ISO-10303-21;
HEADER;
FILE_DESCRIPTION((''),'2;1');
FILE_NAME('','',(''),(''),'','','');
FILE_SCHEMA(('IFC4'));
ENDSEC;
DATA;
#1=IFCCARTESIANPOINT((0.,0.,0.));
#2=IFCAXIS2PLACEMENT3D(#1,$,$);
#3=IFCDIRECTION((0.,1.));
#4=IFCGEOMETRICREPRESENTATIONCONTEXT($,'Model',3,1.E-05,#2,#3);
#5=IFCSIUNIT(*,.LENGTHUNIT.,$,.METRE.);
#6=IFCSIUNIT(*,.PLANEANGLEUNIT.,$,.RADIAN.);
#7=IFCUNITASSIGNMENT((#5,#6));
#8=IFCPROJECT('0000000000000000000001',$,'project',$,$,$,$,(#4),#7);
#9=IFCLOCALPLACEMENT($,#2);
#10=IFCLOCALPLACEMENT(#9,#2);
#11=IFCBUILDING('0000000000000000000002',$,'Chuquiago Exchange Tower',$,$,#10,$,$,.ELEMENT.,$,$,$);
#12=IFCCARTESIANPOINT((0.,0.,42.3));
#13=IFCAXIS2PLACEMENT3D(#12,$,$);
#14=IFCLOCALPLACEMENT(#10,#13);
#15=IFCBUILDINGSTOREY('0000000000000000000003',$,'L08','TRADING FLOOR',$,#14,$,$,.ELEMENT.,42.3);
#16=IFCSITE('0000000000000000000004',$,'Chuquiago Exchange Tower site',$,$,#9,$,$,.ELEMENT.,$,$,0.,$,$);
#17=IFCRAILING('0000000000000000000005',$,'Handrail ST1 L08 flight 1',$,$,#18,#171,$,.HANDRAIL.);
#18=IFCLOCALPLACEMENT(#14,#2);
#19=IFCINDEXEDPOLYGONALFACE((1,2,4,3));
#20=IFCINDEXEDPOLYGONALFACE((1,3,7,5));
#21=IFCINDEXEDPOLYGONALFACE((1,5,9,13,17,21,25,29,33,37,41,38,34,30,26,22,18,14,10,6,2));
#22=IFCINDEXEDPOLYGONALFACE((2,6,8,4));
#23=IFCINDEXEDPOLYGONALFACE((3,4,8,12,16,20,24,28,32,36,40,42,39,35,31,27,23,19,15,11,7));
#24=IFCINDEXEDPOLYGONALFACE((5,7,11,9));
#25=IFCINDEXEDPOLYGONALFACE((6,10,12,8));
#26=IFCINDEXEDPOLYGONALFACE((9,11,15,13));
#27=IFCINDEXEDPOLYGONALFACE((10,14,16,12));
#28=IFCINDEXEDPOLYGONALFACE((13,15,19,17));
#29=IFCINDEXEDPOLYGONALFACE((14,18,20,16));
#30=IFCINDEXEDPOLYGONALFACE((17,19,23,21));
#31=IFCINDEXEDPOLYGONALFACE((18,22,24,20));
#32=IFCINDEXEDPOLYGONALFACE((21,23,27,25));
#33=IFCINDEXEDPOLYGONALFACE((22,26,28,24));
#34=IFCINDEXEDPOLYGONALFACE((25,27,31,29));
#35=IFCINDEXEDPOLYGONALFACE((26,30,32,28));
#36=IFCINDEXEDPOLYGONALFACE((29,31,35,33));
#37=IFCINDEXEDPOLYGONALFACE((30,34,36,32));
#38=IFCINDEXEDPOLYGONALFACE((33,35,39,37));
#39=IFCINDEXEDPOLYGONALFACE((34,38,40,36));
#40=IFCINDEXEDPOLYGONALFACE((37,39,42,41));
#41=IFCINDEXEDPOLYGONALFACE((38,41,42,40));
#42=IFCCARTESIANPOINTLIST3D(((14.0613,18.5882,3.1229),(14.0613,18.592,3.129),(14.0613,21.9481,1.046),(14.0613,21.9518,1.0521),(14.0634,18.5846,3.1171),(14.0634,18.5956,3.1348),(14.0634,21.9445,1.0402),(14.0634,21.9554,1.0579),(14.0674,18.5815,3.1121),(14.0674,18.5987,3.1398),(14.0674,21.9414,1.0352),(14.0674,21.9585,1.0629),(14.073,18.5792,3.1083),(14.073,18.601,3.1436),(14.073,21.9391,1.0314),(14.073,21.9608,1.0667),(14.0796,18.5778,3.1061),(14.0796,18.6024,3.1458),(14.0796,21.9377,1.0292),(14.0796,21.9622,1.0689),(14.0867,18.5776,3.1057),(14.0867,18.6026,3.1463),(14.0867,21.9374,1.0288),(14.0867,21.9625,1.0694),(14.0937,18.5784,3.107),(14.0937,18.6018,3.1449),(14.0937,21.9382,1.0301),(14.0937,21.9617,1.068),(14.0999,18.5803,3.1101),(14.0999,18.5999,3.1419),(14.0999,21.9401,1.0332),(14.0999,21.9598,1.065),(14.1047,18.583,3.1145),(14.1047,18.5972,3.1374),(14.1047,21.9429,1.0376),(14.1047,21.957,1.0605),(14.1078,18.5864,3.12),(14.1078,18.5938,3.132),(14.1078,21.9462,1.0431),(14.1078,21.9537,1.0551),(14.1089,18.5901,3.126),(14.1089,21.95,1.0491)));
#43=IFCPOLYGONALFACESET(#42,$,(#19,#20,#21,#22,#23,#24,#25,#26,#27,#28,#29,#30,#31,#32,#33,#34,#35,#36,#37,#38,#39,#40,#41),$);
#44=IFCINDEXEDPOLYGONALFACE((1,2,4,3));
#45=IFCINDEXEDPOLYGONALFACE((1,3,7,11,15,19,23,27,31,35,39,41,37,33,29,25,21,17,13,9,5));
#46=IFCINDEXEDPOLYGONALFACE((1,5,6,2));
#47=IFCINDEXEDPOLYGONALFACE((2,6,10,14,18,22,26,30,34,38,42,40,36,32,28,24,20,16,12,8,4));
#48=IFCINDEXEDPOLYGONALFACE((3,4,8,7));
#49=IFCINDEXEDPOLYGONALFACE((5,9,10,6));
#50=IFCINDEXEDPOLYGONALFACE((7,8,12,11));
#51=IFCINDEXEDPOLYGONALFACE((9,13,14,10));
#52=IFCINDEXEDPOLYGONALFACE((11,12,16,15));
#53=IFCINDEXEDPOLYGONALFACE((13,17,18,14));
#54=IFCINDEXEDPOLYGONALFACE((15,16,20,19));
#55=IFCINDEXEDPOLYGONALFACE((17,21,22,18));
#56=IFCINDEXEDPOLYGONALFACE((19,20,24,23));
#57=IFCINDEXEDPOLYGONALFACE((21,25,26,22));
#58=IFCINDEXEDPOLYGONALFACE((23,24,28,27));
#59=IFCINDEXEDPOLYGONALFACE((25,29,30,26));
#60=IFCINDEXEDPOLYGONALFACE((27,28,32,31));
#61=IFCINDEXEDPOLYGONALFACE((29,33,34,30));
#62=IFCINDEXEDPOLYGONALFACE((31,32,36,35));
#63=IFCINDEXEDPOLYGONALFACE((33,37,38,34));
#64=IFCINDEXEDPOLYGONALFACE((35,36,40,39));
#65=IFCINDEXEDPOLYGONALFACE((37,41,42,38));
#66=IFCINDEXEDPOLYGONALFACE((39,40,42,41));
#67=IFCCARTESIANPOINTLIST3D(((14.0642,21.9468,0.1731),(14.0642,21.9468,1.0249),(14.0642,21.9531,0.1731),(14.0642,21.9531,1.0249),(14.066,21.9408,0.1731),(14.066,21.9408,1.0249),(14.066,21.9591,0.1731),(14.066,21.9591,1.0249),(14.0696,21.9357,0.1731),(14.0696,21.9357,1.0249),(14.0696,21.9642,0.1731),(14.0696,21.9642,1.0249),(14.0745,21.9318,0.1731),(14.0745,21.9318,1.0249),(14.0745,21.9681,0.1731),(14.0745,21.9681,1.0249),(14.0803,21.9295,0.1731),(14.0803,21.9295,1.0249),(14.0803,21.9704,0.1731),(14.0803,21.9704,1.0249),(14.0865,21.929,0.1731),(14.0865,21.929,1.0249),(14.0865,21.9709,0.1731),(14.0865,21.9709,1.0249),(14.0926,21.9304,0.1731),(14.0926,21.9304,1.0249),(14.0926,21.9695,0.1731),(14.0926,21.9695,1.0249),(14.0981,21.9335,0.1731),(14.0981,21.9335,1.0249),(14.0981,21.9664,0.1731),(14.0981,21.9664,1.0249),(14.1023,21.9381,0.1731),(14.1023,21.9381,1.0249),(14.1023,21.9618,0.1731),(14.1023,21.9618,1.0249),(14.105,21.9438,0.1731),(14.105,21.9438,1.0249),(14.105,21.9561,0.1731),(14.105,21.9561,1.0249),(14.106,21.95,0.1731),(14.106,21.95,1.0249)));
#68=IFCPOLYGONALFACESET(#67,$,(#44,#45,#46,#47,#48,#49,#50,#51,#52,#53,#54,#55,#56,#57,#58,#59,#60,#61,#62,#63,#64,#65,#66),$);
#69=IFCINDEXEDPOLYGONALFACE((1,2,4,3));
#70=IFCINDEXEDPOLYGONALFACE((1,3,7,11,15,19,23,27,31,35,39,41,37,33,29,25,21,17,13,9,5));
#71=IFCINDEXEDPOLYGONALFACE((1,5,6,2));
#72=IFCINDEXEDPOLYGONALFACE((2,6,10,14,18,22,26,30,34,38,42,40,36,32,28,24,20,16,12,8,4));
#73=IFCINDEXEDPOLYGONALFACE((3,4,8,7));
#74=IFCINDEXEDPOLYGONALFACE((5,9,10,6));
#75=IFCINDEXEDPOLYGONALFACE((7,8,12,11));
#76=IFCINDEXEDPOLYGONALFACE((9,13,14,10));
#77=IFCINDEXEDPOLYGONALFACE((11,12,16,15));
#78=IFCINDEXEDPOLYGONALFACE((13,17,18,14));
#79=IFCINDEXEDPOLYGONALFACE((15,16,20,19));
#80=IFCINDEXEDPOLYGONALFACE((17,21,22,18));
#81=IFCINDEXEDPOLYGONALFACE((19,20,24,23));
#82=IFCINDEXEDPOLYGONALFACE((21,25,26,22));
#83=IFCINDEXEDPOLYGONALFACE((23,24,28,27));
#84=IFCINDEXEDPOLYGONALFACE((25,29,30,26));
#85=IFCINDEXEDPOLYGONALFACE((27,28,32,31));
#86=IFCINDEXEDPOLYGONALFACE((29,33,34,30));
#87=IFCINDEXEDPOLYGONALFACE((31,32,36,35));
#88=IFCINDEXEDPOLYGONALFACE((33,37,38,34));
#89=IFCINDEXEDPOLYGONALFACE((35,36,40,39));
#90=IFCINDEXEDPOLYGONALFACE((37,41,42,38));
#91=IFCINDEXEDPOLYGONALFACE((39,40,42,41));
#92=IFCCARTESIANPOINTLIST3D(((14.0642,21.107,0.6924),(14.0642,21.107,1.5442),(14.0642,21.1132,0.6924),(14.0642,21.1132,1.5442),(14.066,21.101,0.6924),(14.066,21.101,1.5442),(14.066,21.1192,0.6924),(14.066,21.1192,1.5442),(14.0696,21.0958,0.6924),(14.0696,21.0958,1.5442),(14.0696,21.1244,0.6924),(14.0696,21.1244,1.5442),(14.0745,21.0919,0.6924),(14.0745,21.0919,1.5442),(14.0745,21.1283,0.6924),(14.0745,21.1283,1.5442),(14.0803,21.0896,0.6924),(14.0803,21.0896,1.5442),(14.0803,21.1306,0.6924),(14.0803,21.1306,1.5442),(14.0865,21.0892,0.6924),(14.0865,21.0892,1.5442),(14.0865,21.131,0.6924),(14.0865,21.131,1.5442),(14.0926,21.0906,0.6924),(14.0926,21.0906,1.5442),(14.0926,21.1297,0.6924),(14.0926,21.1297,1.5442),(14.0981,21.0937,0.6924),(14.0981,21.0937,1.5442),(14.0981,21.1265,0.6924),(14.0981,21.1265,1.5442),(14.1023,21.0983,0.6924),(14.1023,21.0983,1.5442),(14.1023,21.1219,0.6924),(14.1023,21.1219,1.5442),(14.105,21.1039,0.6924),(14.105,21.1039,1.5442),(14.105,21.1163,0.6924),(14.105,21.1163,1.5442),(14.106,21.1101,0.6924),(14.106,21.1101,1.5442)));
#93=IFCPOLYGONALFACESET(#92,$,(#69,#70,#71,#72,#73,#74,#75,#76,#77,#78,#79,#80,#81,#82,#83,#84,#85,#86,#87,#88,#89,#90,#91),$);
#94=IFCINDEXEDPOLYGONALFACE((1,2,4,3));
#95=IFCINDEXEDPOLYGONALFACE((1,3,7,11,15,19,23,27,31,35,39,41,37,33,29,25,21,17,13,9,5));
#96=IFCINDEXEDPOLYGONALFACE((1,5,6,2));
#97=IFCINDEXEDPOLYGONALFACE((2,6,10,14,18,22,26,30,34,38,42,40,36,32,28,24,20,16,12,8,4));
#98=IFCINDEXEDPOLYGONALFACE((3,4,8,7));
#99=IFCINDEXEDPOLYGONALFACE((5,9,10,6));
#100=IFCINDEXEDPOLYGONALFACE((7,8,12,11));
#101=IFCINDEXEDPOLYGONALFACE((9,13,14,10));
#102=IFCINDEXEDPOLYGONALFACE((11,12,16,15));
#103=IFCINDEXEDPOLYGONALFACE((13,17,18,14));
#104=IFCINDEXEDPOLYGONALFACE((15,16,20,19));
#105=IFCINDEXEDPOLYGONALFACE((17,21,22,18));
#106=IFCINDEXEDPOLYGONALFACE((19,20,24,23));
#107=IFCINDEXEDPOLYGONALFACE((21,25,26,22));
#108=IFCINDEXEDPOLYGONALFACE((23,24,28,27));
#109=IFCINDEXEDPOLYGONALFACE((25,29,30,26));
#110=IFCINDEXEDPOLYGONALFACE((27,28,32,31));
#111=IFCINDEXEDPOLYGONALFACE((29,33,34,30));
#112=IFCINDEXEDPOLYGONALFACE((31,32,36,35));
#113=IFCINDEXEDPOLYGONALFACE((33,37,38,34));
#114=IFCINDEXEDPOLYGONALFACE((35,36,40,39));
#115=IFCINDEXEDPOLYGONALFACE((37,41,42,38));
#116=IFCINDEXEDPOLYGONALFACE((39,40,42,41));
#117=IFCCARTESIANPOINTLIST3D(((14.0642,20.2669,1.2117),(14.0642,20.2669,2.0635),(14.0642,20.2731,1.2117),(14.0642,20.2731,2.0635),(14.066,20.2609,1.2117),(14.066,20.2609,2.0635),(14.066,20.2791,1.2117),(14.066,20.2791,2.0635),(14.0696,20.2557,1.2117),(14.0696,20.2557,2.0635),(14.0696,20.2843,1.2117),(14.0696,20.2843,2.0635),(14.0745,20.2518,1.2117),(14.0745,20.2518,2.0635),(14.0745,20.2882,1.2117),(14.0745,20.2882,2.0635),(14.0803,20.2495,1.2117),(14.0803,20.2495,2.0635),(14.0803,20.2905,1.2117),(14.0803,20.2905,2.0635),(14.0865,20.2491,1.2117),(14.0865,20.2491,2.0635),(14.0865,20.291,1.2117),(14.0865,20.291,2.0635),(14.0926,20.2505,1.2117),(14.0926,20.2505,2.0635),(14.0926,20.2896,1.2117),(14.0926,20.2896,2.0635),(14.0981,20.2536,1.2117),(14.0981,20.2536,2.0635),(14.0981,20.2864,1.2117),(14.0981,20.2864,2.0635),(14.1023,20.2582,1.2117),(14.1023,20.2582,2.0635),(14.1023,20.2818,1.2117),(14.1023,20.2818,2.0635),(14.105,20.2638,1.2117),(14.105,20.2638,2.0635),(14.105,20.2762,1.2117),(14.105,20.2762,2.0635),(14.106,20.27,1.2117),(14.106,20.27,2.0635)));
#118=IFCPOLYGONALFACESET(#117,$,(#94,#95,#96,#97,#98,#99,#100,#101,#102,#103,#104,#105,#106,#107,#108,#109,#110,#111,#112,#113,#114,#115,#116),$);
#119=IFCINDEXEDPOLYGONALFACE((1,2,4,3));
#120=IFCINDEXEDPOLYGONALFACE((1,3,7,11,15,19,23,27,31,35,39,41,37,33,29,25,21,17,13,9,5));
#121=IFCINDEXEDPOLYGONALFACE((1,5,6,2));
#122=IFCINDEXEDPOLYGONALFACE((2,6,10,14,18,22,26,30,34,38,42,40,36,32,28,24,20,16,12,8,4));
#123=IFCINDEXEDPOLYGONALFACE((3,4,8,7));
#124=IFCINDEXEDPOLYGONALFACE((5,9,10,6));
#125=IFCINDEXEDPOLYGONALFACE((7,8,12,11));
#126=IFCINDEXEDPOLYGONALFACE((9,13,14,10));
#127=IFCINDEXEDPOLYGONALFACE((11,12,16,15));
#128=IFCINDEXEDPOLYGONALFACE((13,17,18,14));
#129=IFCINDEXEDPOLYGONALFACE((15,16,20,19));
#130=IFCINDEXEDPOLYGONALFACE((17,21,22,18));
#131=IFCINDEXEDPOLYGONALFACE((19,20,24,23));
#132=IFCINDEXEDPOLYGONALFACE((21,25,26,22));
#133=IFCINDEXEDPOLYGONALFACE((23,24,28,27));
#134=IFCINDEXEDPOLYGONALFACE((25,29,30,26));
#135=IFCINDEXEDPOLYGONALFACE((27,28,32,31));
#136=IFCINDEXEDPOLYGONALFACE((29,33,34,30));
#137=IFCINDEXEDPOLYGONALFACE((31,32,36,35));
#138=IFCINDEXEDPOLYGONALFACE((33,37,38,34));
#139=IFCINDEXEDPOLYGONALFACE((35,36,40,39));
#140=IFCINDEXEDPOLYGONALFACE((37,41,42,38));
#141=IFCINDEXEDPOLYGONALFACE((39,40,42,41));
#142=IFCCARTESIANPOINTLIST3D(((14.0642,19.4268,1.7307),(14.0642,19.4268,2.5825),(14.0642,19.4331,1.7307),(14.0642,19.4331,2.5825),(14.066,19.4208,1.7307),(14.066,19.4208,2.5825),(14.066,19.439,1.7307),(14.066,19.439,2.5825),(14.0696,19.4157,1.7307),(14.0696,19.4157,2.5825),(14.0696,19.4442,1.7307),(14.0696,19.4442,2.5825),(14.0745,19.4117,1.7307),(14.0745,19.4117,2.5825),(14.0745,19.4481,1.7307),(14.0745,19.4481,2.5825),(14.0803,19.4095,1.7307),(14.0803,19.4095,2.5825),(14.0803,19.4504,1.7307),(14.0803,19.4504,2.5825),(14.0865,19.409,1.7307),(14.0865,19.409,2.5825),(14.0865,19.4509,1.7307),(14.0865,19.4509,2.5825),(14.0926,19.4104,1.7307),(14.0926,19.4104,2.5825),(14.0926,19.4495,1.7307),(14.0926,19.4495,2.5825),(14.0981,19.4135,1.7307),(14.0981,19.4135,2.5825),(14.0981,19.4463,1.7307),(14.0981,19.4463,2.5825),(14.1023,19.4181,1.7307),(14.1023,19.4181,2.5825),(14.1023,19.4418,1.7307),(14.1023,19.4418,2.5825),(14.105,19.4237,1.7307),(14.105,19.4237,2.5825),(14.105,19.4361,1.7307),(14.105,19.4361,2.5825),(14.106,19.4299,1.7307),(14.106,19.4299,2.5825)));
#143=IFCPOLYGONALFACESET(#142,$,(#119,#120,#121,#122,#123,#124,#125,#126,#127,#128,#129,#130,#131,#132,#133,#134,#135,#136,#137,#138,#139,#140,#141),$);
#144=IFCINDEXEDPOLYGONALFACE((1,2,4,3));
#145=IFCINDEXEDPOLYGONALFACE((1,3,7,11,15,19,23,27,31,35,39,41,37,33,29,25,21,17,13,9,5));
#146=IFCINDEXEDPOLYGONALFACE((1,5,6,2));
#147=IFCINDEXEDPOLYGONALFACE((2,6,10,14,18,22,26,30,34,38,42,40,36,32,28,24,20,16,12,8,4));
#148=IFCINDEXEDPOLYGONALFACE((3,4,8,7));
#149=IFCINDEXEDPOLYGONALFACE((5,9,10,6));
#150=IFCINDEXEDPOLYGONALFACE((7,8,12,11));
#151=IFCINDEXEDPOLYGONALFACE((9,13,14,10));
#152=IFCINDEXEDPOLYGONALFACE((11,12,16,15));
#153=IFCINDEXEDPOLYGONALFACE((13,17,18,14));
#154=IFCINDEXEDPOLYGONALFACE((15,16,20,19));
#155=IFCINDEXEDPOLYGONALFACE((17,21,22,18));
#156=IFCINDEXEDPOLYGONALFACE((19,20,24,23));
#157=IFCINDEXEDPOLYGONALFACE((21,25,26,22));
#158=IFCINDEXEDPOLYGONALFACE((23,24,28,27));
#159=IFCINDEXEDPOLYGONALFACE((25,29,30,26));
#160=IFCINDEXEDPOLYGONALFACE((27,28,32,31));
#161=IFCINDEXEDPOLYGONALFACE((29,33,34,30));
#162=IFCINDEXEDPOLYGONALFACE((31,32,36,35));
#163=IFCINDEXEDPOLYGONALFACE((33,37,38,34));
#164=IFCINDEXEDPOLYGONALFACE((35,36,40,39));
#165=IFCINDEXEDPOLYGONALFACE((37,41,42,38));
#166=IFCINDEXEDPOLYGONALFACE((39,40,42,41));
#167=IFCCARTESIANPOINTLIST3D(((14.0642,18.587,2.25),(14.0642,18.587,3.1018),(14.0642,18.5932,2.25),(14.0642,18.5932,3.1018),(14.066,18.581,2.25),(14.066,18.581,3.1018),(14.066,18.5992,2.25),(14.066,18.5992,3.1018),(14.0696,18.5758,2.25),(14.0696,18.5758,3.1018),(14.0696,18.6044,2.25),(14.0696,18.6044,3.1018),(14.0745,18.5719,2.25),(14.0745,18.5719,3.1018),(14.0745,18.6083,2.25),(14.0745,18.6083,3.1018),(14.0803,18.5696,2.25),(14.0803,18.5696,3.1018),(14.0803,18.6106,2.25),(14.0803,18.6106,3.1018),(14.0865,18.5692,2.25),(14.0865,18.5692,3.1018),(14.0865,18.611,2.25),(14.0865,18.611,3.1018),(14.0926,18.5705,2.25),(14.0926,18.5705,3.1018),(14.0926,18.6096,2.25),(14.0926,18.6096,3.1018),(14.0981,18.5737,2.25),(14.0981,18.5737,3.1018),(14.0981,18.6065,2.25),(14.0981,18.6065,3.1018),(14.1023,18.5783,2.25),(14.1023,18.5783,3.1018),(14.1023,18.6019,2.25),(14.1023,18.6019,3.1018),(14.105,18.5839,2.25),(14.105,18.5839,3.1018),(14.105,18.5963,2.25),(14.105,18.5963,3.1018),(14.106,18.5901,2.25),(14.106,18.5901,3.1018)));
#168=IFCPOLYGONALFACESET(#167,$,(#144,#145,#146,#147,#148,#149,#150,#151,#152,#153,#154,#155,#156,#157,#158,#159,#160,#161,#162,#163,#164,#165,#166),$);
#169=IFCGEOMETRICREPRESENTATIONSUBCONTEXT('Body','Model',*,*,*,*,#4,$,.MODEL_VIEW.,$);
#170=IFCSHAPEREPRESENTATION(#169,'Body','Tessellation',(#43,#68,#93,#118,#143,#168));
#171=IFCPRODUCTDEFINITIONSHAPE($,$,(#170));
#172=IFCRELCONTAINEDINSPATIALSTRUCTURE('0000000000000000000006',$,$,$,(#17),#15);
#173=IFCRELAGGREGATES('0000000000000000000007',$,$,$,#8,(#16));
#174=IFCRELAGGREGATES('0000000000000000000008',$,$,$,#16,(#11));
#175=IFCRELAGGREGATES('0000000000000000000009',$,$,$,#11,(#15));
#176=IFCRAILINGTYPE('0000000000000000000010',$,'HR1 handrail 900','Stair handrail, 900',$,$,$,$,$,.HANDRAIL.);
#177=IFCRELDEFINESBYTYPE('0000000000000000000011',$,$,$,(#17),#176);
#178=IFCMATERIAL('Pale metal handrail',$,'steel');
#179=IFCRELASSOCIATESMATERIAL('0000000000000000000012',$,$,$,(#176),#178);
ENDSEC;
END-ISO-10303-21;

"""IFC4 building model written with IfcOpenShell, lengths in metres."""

from ifc_helpers import new_model, si_unit, direction, frame, origin, origin_2d, place, context, subcontext, project, spatial, circle, extrude, material, type_object, element, save


model = new_model("IFC4")

# Units and contexts
model_context = context("Model", 3, precision=1e-05, world=origin(), true_north=direction((0.0, 1.0)))
body_context = subcontext(model_context, "Body", "Model", "MODEL_VIEW")
ifc_project = project(units=[si_unit("LENGTHUNIT", "METRE"), si_unit("PLANEANGLEUNIT", "RADIAN")], contexts=[model_context])

# Site, building, storey
site_placement = place(None, origin())
site = spatial("IfcSite", under=ifc_project, at=site_placement, Name="Chuquiago Exchange Tower site", CompositionType="ELEMENT", RefElevation=0.0)
building_placement = place(site_placement, origin())
building = spatial("IfcBuilding", under=site, at=building_placement, Name="Chuquiago Exchange Tower", CompositionType="ELEMENT")
storey_placement = place(building_placement, frame((0.0, 0.0, 42.3)))
storey = spatial("IfcBuildingStorey", under=building, at=storey_placement, Name="L08", Description="TRADING FLOOR", CompositionType="ELEMENT", Elevation=42.3)

# Railing
ifc_material_1 = material(Name="Pale metal handrail", Category="steel")
railing_type = type_object("IfcRailingType", Name="HR1 handrail 900", Description="Stair handrail, 900", PredefinedType="HANDRAIL", material=ifc_material_1)
for number, where, name in (
    (1, (14.085, 21.95, 0.1731), "Handrail ST1 L08 flight 1"),
):
    element("IfcRailing", number, at=place(storey_placement, frame(where)), inside=storey, type_object=railing_type, Name=name, PredefinedType="HANDRAIL", context=body_context, shape_type="SweptSolid", body=[
        extrude(circle(Radius=0.0239, at=origin_2d()), frame((0.0, 0.0, 0.876), z_axis=(0.0, -0.850606, 0.525803), x_axis=(1.0, 0.0, 0.0)), (0.0, 0.0, 1.0), 3.95),
        extrude(circle(Radius=0.021, at=origin_2d()), origin(), (0.0, 0.0, 1.0), 0.8518),
        extrude(circle(Radius=0.021, at=origin_2d()), frame((0.0, -0.8398, 0.5193)), (0.0, 0.0, 1.0), 0.8518),
        extrude(circle(Radius=0.021, at=origin_2d()), frame((0.0, -1.6799, 1.0386)), (0.0, 0.0, 1.0), 0.8518),
        extrude(circle(Radius=0.021, at=origin_2d()), frame((0.0, -2.52, 1.5576)), (0.0, 0.0, 1.0), 0.8518),
        extrude(circle(Radius=0.021, at=origin_2d()), frame((0.0, -3.3599, 2.0769)), (0.0, 0.0, 1.0), 0.8518),
    ])

save(model, "model.ifc")
